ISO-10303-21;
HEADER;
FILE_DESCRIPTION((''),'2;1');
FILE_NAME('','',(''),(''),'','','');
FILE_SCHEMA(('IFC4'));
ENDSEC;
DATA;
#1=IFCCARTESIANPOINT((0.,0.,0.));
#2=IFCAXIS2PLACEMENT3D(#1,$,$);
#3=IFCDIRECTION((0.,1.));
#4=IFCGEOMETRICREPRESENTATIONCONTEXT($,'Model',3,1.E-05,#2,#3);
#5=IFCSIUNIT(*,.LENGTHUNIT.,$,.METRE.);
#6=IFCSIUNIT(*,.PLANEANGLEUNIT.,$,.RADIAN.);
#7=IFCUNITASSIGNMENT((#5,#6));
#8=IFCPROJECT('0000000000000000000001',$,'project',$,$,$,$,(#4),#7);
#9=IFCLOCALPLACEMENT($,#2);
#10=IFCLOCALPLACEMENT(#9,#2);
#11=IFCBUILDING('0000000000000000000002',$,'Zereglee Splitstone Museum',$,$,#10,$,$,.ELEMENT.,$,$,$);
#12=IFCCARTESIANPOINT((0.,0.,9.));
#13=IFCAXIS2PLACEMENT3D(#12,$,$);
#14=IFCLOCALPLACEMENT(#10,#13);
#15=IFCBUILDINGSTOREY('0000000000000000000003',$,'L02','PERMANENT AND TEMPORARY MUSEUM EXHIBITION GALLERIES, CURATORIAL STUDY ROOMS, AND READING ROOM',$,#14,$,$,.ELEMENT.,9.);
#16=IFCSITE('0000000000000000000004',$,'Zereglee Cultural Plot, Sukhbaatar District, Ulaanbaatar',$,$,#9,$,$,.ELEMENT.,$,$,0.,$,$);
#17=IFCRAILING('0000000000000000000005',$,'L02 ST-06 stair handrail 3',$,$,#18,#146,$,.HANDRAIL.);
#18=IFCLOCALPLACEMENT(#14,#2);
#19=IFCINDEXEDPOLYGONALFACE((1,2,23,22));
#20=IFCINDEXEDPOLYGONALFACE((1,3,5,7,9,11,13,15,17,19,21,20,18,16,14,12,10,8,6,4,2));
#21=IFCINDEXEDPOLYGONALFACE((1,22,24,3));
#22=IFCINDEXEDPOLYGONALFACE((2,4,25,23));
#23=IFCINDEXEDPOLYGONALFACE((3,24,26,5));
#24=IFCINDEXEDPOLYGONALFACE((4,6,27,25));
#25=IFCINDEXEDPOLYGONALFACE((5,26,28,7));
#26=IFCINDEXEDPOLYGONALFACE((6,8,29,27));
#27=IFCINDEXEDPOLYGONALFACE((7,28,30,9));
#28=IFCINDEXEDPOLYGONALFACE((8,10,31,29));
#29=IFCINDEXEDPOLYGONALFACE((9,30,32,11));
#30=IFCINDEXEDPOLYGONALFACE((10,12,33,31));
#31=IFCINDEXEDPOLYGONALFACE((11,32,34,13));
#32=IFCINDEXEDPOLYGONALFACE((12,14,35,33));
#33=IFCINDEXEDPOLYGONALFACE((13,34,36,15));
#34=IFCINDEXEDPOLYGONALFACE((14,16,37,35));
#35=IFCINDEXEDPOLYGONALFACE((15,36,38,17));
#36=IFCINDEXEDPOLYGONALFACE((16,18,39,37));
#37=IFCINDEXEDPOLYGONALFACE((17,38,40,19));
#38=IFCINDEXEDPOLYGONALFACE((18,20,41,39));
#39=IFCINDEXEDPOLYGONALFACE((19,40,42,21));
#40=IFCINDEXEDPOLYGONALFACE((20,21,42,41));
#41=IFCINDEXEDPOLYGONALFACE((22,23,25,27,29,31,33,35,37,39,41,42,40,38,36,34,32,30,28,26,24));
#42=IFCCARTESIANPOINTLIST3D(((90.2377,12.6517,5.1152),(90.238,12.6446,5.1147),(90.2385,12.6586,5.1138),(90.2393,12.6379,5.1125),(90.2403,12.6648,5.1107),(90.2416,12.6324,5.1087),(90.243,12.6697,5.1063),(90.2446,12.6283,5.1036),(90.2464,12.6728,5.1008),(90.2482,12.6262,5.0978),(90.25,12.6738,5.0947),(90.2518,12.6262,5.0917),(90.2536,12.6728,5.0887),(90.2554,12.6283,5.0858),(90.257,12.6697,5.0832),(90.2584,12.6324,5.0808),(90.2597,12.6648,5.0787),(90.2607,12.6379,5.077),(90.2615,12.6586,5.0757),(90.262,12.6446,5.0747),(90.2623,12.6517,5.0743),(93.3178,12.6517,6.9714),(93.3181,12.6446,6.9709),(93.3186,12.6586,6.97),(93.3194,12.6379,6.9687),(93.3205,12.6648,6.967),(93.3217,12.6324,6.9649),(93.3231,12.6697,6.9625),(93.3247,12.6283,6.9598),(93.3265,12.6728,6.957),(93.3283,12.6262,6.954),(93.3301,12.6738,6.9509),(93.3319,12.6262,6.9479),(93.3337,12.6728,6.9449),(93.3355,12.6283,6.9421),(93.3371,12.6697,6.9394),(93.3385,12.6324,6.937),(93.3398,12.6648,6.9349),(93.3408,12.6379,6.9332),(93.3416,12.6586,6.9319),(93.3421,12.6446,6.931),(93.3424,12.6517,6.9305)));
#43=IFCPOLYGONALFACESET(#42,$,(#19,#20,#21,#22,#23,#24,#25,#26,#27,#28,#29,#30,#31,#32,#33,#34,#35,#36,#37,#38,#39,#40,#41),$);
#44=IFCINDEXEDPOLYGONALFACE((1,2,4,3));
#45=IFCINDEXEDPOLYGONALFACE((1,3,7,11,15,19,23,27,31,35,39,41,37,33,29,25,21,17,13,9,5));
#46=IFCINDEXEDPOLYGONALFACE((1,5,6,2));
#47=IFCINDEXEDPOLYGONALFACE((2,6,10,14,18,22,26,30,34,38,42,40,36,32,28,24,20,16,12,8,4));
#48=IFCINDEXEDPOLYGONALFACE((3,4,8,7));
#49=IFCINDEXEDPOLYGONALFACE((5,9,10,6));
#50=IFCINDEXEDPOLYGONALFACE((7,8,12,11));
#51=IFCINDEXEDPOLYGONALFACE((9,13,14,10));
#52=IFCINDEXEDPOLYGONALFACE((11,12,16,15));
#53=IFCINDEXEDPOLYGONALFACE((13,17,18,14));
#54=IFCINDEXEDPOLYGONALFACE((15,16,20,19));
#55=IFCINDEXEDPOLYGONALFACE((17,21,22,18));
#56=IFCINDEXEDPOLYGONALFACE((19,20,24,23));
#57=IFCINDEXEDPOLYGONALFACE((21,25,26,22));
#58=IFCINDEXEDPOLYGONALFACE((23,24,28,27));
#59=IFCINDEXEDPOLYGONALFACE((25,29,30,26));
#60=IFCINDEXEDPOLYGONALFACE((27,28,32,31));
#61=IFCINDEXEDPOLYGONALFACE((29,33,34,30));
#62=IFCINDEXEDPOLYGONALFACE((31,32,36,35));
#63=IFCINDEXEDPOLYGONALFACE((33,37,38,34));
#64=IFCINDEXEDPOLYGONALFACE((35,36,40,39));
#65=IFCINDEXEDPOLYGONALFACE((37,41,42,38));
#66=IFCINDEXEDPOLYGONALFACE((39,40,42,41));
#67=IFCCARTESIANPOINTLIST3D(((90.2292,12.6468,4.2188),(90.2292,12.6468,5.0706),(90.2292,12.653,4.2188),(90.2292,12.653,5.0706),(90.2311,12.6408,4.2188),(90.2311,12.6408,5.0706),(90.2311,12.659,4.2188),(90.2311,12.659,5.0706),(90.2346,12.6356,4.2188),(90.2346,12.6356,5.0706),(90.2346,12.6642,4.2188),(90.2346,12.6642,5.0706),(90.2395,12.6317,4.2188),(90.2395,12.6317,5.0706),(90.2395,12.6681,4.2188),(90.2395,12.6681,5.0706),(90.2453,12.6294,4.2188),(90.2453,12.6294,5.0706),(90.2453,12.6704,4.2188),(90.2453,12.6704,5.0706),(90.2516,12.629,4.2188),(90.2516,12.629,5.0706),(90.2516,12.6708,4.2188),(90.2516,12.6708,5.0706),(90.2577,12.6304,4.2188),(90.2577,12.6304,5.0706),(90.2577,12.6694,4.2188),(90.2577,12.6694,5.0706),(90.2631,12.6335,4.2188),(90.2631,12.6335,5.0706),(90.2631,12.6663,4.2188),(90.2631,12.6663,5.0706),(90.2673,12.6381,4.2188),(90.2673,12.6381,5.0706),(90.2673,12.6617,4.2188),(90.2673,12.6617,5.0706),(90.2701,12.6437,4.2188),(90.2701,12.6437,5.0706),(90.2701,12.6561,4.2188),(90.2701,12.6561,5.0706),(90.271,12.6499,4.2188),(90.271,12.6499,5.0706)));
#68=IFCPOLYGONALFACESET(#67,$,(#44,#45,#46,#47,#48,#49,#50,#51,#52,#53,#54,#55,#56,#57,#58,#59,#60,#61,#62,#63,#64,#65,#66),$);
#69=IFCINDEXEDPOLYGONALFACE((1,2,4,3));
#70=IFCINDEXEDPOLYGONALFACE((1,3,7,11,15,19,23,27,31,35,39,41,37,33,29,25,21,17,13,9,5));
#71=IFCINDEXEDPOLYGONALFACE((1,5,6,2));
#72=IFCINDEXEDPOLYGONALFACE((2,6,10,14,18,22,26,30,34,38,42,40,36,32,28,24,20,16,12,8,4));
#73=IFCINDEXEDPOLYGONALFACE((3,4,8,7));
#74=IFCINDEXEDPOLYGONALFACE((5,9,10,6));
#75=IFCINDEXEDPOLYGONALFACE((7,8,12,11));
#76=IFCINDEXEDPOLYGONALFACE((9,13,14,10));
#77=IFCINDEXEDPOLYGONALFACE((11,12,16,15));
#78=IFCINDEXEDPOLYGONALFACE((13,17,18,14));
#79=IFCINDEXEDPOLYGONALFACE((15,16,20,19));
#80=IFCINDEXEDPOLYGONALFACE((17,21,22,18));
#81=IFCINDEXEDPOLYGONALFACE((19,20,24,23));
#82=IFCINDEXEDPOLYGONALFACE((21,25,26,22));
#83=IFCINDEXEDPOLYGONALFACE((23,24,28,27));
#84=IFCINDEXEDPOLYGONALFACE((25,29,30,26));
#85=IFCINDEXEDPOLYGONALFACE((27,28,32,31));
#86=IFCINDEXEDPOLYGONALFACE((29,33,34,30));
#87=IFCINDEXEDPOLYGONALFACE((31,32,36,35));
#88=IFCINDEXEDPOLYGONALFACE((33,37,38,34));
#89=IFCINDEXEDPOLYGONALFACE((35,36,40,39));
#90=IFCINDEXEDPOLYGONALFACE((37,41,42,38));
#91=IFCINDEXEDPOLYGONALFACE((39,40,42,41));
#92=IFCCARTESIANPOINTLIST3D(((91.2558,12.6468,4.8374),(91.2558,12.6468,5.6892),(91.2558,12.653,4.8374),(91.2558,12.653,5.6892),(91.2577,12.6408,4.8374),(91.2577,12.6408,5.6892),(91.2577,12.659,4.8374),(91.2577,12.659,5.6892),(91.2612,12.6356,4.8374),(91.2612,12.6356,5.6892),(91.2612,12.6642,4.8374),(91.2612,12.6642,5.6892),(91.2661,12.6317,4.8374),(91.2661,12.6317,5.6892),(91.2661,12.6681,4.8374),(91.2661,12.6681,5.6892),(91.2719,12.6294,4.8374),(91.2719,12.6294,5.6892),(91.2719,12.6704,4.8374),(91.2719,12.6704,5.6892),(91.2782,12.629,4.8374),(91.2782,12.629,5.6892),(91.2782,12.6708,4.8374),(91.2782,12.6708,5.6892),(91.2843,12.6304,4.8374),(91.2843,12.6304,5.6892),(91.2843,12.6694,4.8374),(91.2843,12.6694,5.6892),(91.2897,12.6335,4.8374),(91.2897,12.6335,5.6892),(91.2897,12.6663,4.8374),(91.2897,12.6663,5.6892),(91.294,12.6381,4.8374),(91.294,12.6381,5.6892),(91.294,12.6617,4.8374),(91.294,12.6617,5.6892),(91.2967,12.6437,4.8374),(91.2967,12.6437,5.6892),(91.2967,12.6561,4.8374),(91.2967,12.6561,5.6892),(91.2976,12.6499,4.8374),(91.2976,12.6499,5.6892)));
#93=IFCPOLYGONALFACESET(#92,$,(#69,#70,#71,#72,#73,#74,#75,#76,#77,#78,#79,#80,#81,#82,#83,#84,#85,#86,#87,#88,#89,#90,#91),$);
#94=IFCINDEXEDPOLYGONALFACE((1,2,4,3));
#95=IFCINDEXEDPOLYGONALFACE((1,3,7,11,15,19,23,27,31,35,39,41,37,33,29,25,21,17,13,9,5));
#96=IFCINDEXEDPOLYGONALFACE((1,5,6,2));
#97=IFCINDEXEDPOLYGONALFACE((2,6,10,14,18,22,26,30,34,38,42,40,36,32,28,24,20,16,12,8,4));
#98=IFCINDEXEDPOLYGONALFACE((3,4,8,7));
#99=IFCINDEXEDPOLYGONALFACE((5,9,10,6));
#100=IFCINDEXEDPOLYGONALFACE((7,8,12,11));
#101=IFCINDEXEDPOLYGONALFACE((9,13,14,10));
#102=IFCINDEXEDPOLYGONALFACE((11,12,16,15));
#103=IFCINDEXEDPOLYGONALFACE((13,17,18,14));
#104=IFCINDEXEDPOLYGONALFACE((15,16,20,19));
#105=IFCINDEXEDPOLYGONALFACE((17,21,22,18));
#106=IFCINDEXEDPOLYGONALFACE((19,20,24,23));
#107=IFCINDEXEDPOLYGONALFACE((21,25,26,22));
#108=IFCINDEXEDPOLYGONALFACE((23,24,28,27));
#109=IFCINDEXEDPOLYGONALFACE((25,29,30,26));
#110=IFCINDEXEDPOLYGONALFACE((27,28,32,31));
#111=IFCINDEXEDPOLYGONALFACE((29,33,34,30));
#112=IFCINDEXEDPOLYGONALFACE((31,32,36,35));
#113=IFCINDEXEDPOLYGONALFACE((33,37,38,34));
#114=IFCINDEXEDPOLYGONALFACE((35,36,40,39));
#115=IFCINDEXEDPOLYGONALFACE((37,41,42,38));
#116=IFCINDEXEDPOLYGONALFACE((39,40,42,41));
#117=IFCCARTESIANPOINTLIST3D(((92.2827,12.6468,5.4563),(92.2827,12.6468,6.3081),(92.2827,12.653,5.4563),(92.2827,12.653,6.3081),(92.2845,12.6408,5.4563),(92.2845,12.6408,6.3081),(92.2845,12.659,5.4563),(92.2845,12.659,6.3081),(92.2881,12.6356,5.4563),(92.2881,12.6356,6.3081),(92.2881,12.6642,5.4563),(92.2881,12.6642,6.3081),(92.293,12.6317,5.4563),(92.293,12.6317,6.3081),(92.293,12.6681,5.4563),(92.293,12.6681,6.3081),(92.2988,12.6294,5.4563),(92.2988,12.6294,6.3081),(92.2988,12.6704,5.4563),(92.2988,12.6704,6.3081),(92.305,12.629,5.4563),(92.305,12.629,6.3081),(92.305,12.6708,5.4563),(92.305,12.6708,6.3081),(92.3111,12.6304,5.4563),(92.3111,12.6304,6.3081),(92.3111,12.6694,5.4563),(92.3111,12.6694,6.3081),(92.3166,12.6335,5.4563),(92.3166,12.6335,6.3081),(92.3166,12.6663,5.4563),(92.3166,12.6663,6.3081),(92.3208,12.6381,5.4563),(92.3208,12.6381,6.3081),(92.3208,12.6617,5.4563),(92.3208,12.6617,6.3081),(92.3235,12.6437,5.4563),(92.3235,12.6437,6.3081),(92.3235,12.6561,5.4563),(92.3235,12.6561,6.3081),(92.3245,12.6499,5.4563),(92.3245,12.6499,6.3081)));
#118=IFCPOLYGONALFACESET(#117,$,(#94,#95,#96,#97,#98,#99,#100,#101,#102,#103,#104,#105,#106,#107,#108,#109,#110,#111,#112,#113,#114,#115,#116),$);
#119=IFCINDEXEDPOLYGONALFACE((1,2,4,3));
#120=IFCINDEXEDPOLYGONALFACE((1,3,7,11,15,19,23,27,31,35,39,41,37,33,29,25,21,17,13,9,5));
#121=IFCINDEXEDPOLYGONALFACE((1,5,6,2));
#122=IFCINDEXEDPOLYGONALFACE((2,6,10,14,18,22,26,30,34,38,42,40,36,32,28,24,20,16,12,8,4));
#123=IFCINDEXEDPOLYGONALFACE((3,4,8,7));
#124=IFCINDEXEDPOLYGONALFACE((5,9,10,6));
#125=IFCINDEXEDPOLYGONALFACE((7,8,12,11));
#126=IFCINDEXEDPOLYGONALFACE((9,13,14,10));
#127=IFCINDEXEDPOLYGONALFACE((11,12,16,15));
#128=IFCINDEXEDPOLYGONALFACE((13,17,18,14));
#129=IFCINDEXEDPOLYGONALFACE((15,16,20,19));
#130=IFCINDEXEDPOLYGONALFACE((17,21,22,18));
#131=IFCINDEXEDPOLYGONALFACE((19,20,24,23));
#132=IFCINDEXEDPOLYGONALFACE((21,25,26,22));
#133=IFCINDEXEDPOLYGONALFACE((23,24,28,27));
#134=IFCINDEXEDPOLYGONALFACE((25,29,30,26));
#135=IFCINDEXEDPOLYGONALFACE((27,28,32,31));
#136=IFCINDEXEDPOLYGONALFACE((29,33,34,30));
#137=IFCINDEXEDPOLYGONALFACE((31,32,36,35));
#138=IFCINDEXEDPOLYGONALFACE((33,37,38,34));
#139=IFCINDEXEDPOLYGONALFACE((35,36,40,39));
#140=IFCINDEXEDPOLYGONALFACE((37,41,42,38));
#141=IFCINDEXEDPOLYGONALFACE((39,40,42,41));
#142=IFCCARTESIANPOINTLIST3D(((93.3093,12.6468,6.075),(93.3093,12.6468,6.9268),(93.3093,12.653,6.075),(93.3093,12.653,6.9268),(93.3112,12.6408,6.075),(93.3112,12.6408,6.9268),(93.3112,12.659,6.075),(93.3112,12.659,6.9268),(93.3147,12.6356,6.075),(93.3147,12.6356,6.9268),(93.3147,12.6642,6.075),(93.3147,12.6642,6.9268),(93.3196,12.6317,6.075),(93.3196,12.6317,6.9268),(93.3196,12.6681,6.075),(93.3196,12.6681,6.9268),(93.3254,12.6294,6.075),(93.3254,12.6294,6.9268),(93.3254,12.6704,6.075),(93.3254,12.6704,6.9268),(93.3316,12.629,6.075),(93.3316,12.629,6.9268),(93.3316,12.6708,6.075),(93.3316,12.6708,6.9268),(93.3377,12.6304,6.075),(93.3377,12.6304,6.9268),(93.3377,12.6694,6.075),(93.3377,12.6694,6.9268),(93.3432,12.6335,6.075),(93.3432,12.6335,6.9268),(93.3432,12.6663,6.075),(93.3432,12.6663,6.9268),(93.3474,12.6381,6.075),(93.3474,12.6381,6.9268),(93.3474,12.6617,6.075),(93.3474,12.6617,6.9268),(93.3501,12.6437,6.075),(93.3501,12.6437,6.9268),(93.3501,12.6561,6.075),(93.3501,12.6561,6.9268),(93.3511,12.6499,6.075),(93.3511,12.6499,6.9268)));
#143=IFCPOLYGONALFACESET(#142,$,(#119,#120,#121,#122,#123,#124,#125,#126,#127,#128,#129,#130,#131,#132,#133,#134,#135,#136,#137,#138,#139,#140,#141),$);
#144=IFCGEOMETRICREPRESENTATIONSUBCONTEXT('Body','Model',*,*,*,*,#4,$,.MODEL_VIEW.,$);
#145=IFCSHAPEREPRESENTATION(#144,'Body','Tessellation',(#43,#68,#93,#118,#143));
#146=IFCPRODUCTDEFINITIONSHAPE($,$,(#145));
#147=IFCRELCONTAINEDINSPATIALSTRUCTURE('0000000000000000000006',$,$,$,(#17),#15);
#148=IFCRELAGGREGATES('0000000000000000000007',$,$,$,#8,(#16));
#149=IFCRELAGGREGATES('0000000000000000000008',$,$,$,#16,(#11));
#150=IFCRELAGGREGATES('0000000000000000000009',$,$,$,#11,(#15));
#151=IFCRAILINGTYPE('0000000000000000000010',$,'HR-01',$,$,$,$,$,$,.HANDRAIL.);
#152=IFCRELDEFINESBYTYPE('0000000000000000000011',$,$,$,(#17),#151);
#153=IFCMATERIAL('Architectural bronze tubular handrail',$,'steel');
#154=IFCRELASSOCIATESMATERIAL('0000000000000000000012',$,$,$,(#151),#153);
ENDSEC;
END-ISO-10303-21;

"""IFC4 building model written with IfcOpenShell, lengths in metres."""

from ifc_helpers import new_model, si_unit, direction, frame, origin, origin_2d, place, context, subcontext, project, spatial, circle, extrude, material, type_object, element, save


model = new_model("IFC4")

# Units and contexts
model_context = context("Model", 3, precision=1e-05, world=origin(), true_north=direction((0.0, 1.0)))
body_context = subcontext(model_context, "Body", "Model", "MODEL_VIEW")
ifc_project = project(units=[si_unit("LENGTHUNIT", "METRE"), si_unit("PLANEANGLEUNIT", "RADIAN")], contexts=[model_context])

# Site, building, storey
site_placement = place(None, origin())
site = spatial("IfcSite", under=ifc_project, at=site_placement, Name="Zereglee Cultural Plot, Sukhbaatar District, Ulaanbaatar", CompositionType="ELEMENT", RefElevation=0.0)
building_placement = place(site_placement, origin())
building = spatial("IfcBuilding", under=site, at=building_placement, Name="Zereglee Splitstone Museum", CompositionType="ELEMENT")
storey_placement = place(building_placement, frame((0.0, 0.0, 9.0)))
storey = spatial("IfcBuildingStorey", under=building, at=storey_placement, Name="L02", Description="PERMANENT AND TEMPORARY MUSEUM EXHIBITION GALLERIES, CURATORIAL STUDY ROOMS, AND READING ROOM", CompositionType="ELEMENT", Elevation=9.0)

# Railing
ifc_material_1 = material(Name="Architectural bronze tubular handrail", Category="steel")
railing_type_1 = type_object("IfcRailingType", Name="HR-01", PredefinedType="HANDRAIL", material=ifc_material_1)
railing_1_placement = place(storey_placement, frame((90.25, 12.6499, 4.2188)))
element("IfcRailing", 1, at=railing_1_placement, inside=storey, type_object=railing_type_1, Name="L02 ST-06 stair handrail 3", PredefinedType="HANDRAIL", context=body_context, shape_type="SweptSolid", body=[
    extrude(circle(Radius=0.0239, at=origin_2d()), frame((0.0, 0.0, 0.876), z_axis=(0.856491, 0.0, 0.516162), x_axis=(0.0, 1.0, 0.0)), (0.0, 0.0, 1.0), 3.5962),
    extrude(circle(Radius=0.021, at=origin_2d()), origin(), (0.0, 0.0, 1.0), 0.8518),
    extrude(circle(Radius=0.021, at=origin_2d()), frame((1.0266, 0.0, 0.6187)), (0.0, 0.0, 1.0), 0.8518),
    extrude(circle(Radius=0.021, at=origin_2d()), frame((2.0535, 0.0, 1.2375)), (0.0, 0.0, 1.0), 0.8518),
    extrude(circle(Radius=0.021, at=origin_2d()), frame((3.0801, 0.0, 1.8562)), (0.0, 0.0, 1.0), 0.8518),
])

save(model, "model.ifc")
